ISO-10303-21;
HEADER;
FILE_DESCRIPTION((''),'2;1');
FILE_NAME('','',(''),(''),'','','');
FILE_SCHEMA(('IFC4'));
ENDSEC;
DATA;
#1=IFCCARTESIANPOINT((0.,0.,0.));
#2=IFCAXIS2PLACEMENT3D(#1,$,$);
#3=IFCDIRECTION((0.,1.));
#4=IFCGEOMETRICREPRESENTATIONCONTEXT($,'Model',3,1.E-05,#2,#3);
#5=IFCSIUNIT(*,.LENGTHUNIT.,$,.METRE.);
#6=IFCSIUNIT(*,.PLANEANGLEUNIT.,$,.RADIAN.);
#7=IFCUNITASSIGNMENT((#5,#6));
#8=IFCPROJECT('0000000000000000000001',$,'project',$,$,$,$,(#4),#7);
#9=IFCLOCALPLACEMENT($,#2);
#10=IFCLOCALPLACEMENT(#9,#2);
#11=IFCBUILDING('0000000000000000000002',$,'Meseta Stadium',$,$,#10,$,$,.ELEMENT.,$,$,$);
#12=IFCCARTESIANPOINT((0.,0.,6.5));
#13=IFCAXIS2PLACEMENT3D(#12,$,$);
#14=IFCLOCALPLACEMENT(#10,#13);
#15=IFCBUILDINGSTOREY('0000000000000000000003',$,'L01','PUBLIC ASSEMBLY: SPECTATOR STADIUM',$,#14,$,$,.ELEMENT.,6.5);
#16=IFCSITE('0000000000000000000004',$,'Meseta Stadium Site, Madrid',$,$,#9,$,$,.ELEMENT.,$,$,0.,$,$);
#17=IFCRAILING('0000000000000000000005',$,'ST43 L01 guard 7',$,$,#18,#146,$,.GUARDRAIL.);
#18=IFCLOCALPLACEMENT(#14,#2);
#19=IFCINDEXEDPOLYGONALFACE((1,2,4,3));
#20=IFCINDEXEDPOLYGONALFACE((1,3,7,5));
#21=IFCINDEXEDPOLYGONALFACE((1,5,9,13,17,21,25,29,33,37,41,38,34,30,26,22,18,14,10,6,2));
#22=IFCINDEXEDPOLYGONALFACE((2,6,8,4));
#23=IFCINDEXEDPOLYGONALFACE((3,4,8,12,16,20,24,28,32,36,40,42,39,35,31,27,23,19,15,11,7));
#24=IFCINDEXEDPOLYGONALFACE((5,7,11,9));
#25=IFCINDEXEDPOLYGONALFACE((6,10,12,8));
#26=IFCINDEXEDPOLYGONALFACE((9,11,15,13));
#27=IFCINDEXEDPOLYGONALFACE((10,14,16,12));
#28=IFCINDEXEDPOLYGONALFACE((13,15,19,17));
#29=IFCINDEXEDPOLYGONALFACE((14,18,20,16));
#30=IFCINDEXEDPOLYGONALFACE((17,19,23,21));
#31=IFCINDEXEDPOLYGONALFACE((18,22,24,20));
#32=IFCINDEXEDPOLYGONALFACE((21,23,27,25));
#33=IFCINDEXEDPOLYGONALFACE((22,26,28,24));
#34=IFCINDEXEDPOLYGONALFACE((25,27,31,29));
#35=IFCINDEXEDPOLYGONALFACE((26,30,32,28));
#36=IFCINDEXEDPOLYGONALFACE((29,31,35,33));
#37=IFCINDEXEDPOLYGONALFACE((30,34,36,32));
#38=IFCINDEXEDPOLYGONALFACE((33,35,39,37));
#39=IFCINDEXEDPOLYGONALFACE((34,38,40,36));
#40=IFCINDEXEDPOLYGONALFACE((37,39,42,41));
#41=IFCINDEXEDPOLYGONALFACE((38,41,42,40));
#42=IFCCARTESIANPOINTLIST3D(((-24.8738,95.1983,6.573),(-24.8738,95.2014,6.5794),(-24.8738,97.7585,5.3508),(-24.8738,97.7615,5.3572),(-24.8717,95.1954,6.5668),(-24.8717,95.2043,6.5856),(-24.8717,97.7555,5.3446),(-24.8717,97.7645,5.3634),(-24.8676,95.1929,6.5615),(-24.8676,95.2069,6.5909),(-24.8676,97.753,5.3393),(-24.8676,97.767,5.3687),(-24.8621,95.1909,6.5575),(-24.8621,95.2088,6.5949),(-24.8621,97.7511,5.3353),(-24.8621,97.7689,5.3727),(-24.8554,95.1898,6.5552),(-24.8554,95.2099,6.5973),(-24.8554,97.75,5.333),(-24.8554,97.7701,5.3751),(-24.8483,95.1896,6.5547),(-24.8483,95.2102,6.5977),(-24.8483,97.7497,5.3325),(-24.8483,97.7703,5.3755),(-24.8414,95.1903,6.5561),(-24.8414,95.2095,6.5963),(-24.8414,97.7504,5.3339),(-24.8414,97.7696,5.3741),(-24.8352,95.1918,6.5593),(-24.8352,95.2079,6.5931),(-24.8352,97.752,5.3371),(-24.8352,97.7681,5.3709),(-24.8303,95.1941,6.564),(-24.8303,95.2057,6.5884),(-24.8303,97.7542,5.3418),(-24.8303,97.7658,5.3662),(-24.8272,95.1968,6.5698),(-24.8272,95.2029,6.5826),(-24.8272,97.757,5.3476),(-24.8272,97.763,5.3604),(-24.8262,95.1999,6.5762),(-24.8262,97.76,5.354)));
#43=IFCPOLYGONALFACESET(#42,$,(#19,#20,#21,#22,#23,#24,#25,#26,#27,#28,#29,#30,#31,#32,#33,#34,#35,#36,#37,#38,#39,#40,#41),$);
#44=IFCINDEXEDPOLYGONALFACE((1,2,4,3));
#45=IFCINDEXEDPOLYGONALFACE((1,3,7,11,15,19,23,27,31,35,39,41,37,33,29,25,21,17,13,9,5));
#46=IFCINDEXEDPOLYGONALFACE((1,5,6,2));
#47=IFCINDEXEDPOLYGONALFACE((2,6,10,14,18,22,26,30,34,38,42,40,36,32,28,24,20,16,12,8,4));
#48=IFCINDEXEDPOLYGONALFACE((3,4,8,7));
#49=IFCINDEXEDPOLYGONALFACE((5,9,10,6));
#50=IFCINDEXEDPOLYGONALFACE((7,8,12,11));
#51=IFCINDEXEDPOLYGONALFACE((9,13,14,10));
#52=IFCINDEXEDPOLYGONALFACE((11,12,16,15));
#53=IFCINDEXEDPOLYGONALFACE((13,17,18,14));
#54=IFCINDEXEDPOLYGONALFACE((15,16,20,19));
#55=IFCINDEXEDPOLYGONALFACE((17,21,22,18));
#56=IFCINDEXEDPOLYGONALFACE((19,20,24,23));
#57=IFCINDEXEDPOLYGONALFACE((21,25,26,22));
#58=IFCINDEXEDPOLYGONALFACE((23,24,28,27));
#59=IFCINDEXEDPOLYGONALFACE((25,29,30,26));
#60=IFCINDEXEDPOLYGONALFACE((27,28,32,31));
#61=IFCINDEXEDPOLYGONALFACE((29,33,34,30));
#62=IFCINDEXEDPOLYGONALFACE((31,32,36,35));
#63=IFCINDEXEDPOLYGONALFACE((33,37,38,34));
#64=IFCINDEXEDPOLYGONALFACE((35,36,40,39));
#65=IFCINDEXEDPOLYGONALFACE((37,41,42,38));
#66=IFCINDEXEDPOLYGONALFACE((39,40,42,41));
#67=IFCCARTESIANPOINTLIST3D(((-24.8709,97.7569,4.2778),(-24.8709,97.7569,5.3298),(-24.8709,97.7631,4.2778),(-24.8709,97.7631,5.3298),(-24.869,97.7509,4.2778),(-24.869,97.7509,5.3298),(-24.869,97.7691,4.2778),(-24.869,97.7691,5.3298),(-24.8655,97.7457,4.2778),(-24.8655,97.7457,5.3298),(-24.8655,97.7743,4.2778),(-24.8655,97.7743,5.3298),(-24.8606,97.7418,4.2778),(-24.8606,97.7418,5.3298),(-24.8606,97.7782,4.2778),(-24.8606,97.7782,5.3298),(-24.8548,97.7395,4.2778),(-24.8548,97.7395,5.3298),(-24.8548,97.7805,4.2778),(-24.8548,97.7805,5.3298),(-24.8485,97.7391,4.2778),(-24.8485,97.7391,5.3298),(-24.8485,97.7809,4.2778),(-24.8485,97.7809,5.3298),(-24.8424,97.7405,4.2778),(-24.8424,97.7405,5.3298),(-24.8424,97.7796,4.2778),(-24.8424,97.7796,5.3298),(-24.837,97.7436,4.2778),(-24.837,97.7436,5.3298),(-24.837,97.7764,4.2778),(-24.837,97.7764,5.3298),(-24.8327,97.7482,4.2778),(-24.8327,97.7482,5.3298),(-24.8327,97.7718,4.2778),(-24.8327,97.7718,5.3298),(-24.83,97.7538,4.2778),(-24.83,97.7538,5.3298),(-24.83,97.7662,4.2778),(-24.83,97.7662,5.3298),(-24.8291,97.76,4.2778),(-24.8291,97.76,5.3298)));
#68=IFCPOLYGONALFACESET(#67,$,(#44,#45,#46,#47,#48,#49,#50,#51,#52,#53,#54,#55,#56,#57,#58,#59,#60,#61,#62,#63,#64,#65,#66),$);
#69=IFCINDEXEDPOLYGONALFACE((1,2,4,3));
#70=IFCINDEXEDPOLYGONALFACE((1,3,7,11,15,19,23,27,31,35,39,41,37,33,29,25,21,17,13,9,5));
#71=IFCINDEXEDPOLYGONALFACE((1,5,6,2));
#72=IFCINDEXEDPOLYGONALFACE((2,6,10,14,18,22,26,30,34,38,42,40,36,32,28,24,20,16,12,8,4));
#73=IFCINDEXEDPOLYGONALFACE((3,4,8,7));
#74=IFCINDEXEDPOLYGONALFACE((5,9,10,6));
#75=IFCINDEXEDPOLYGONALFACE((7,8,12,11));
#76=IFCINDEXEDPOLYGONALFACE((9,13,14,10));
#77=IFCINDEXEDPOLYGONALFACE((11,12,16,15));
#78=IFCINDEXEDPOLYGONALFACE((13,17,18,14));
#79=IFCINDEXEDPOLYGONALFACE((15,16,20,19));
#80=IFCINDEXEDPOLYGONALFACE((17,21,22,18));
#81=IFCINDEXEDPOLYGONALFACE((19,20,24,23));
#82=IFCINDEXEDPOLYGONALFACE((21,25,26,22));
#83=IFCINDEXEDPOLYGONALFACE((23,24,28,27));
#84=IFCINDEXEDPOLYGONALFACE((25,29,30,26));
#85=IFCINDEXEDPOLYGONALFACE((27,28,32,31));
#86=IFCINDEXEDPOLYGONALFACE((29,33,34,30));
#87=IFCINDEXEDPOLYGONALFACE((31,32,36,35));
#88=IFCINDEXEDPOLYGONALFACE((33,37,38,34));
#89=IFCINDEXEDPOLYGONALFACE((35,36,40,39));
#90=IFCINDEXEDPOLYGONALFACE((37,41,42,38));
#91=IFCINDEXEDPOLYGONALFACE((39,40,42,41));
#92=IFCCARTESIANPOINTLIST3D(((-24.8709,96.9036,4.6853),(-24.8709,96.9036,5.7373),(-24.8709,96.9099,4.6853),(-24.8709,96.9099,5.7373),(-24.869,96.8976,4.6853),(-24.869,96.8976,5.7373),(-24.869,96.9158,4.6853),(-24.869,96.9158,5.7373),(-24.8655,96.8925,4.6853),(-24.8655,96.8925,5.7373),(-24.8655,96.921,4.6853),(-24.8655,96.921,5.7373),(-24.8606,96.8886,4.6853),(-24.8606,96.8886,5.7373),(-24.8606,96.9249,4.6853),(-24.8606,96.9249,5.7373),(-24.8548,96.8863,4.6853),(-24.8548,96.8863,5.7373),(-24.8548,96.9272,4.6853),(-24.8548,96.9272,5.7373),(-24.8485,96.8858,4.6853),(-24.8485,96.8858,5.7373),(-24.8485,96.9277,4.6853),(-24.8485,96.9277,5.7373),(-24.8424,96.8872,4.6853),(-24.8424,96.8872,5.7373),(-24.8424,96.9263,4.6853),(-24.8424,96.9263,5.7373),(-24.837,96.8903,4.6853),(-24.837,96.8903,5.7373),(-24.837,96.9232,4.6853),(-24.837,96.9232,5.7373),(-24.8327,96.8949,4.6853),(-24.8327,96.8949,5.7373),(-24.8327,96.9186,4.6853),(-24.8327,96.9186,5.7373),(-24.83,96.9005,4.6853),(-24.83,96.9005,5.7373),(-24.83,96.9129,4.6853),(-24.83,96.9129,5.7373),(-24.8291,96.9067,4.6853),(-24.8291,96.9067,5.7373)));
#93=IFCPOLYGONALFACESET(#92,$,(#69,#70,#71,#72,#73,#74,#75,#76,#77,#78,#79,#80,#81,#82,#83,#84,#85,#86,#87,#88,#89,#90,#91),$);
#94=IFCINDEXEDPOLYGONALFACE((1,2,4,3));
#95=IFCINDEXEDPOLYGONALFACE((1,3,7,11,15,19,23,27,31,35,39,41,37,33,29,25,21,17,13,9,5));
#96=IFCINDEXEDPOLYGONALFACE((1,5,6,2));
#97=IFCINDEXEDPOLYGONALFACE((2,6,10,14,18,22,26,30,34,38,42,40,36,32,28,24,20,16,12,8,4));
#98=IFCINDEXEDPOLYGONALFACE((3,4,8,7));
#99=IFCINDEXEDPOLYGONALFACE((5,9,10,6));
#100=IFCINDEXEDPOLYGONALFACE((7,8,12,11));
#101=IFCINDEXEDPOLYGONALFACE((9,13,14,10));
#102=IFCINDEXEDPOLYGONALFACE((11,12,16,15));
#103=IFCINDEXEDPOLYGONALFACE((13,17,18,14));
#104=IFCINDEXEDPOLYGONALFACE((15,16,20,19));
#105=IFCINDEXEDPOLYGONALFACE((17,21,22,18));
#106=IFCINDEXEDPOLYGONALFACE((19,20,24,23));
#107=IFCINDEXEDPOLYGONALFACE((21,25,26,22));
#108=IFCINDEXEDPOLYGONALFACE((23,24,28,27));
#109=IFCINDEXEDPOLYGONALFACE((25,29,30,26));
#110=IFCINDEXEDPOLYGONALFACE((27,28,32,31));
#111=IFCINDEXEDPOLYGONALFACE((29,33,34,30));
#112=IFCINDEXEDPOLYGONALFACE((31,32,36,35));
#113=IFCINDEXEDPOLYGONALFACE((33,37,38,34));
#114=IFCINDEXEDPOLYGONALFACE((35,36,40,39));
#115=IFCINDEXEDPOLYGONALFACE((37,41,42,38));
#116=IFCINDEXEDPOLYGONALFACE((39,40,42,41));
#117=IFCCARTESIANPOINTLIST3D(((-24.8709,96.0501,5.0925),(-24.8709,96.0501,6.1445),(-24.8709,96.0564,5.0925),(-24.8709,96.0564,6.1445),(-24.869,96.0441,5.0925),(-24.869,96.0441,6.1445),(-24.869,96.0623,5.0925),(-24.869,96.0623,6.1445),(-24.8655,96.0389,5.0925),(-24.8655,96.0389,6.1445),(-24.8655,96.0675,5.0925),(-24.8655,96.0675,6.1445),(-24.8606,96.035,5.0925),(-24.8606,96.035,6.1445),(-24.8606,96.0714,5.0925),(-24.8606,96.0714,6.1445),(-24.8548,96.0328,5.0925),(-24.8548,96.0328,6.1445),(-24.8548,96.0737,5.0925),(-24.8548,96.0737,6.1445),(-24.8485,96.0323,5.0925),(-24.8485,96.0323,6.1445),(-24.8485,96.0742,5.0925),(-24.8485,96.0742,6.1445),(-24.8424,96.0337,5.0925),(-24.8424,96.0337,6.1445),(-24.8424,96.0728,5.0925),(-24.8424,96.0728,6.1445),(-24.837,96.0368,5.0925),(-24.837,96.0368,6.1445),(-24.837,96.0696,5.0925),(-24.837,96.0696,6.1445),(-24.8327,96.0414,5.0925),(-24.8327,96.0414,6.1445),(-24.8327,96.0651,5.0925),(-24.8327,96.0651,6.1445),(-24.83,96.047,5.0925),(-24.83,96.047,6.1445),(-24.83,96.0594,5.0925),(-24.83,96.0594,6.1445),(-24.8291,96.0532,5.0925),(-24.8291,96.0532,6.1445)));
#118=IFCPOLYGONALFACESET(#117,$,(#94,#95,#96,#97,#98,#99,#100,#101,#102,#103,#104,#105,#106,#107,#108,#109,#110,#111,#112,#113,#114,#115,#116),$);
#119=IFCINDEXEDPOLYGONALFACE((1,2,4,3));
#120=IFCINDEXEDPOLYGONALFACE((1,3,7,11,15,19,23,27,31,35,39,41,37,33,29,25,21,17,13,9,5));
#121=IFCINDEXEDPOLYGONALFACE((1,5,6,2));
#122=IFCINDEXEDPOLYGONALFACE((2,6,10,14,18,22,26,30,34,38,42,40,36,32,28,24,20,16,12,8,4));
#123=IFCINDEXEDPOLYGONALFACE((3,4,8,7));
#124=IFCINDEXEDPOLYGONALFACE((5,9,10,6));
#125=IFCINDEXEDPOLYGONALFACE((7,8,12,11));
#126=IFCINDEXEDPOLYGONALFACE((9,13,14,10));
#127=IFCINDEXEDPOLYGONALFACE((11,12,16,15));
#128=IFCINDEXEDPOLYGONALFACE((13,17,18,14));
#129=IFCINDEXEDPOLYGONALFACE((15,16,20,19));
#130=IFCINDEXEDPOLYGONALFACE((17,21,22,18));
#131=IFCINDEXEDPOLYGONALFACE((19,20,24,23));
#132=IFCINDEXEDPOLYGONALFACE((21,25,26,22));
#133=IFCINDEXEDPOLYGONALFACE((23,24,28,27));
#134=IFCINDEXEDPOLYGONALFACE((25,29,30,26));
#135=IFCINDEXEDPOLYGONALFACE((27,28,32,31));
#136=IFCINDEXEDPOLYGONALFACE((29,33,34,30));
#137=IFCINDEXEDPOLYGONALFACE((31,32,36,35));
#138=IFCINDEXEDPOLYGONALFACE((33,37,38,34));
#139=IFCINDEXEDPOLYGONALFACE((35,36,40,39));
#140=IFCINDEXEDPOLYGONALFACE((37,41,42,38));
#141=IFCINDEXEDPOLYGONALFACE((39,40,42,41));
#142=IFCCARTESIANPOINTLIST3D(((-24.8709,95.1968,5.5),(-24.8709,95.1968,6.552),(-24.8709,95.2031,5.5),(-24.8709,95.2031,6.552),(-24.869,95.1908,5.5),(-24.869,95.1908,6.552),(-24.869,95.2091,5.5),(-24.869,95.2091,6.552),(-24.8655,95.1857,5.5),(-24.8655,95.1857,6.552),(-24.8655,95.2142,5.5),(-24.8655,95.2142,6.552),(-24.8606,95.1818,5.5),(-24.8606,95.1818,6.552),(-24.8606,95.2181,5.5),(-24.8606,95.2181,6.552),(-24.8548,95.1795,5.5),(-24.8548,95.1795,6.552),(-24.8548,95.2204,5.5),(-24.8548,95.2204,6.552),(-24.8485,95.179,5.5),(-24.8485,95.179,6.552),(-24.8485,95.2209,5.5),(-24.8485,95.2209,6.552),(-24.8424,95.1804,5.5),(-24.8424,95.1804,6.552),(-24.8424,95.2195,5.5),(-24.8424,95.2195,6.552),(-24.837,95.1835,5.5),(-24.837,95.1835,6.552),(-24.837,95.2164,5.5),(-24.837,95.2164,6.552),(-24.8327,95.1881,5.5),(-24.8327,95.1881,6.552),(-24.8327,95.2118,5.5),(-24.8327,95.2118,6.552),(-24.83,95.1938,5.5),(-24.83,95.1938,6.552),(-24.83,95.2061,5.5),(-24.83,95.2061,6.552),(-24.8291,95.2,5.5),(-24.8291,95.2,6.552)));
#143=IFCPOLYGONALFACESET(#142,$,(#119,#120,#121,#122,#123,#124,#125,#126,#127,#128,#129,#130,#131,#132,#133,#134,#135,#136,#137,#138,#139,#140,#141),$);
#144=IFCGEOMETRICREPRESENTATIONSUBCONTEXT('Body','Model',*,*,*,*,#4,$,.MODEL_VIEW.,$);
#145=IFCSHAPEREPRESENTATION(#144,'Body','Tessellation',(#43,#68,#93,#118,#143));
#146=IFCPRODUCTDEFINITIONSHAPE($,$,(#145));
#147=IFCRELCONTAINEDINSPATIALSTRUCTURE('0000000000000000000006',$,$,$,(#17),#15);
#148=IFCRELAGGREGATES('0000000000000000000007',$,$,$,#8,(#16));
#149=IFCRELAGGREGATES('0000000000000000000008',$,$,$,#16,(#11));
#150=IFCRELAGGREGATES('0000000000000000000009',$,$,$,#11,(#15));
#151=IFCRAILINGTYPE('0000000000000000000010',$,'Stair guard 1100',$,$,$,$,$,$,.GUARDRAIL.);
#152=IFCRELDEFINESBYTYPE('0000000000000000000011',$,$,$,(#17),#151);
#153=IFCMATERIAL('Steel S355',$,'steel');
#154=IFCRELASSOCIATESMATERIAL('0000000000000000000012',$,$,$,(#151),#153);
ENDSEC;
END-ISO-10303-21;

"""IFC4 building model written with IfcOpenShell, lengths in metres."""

from ifc_helpers import new_model, si_unit, direction, frame, origin, origin_2d, place, context, subcontext, project, spatial, circle, extrude, material, type_object, element, save


model = new_model("IFC4")

# Units and contexts
model_context = context("Model", 3, precision=1e-05, world=origin(), true_north=direction((0.0, 1.0)))
body_context = subcontext(model_context, "Body", "Model", "MODEL_VIEW")
ifc_project = project(units=[si_unit("LENGTHUNIT", "METRE"), si_unit("PLANEANGLEUNIT", "RADIAN")], contexts=[model_context])

# Site, building, storey
site_placement = place(None, origin())
site = spatial("IfcSite", under=ifc_project, at=site_placement, Name="Meseta Stadium Site, Madrid", CompositionType="ELEMENT", RefElevation=0.0)
building_placement = place(site_placement, origin())
building = spatial("IfcBuilding", under=site, at=building_placement, Name="Meseta Stadium", CompositionType="ELEMENT")
storey_placement = place(building_placement, frame((0.0, 0.0, 6.5)))
storey = spatial("IfcBuildingStorey", under=building, at=storey_placement, Name="L01", Description="PUBLIC ASSEMBLY: SPECTATOR STADIUM", CompositionType="ELEMENT", Elevation=6.5)

# Railing
ifc_material_1 = material(Name="Steel S355", Category="steel")
railing_type_1 = type_object("IfcRailingType", Name="Stair guard 1100", PredefinedType="GUARDRAIL", material=ifc_material_1)
railing_1_placement = place(storey_placement, frame((-24.8501, 97.76, 4.2778)))
element("IfcRailing", 1, at=railing_1_placement, inside=storey, type_object=railing_type_1, Name="ST43 L01 guard 7", PredefinedType="GUARDRAIL", context=body_context, shape_type="SweptSolid", body=[
    extrude(circle(Radius=0.0239, at=origin_2d()), frame((0.0, 0.0, 1.0762), z_axis=(0.0, -0.902437, 0.430822), x_axis=(1.0, 0.0, 0.0)), (0.0, 0.0, 1.0), 2.8369),
    extrude(circle(Radius=0.021, at=origin_2d()), origin(), (0.0, 0.0, 1.0), 1.052),
    extrude(circle(Radius=0.021, at=origin_2d()), frame((0.0, -0.8533, 0.4075)), (0.0, 0.0, 1.0), 1.052),
    extrude(circle(Radius=0.021, at=origin_2d()), frame((0.0, -1.7068, 0.8147)), (0.0, 0.0, 1.0), 1.052),
    extrude(circle(Radius=0.021, at=origin_2d()), frame((0.0, -2.5601, 1.2222)), (0.0, 0.0, 1.0), 1.052),
])

save(model, "model.ifc")
